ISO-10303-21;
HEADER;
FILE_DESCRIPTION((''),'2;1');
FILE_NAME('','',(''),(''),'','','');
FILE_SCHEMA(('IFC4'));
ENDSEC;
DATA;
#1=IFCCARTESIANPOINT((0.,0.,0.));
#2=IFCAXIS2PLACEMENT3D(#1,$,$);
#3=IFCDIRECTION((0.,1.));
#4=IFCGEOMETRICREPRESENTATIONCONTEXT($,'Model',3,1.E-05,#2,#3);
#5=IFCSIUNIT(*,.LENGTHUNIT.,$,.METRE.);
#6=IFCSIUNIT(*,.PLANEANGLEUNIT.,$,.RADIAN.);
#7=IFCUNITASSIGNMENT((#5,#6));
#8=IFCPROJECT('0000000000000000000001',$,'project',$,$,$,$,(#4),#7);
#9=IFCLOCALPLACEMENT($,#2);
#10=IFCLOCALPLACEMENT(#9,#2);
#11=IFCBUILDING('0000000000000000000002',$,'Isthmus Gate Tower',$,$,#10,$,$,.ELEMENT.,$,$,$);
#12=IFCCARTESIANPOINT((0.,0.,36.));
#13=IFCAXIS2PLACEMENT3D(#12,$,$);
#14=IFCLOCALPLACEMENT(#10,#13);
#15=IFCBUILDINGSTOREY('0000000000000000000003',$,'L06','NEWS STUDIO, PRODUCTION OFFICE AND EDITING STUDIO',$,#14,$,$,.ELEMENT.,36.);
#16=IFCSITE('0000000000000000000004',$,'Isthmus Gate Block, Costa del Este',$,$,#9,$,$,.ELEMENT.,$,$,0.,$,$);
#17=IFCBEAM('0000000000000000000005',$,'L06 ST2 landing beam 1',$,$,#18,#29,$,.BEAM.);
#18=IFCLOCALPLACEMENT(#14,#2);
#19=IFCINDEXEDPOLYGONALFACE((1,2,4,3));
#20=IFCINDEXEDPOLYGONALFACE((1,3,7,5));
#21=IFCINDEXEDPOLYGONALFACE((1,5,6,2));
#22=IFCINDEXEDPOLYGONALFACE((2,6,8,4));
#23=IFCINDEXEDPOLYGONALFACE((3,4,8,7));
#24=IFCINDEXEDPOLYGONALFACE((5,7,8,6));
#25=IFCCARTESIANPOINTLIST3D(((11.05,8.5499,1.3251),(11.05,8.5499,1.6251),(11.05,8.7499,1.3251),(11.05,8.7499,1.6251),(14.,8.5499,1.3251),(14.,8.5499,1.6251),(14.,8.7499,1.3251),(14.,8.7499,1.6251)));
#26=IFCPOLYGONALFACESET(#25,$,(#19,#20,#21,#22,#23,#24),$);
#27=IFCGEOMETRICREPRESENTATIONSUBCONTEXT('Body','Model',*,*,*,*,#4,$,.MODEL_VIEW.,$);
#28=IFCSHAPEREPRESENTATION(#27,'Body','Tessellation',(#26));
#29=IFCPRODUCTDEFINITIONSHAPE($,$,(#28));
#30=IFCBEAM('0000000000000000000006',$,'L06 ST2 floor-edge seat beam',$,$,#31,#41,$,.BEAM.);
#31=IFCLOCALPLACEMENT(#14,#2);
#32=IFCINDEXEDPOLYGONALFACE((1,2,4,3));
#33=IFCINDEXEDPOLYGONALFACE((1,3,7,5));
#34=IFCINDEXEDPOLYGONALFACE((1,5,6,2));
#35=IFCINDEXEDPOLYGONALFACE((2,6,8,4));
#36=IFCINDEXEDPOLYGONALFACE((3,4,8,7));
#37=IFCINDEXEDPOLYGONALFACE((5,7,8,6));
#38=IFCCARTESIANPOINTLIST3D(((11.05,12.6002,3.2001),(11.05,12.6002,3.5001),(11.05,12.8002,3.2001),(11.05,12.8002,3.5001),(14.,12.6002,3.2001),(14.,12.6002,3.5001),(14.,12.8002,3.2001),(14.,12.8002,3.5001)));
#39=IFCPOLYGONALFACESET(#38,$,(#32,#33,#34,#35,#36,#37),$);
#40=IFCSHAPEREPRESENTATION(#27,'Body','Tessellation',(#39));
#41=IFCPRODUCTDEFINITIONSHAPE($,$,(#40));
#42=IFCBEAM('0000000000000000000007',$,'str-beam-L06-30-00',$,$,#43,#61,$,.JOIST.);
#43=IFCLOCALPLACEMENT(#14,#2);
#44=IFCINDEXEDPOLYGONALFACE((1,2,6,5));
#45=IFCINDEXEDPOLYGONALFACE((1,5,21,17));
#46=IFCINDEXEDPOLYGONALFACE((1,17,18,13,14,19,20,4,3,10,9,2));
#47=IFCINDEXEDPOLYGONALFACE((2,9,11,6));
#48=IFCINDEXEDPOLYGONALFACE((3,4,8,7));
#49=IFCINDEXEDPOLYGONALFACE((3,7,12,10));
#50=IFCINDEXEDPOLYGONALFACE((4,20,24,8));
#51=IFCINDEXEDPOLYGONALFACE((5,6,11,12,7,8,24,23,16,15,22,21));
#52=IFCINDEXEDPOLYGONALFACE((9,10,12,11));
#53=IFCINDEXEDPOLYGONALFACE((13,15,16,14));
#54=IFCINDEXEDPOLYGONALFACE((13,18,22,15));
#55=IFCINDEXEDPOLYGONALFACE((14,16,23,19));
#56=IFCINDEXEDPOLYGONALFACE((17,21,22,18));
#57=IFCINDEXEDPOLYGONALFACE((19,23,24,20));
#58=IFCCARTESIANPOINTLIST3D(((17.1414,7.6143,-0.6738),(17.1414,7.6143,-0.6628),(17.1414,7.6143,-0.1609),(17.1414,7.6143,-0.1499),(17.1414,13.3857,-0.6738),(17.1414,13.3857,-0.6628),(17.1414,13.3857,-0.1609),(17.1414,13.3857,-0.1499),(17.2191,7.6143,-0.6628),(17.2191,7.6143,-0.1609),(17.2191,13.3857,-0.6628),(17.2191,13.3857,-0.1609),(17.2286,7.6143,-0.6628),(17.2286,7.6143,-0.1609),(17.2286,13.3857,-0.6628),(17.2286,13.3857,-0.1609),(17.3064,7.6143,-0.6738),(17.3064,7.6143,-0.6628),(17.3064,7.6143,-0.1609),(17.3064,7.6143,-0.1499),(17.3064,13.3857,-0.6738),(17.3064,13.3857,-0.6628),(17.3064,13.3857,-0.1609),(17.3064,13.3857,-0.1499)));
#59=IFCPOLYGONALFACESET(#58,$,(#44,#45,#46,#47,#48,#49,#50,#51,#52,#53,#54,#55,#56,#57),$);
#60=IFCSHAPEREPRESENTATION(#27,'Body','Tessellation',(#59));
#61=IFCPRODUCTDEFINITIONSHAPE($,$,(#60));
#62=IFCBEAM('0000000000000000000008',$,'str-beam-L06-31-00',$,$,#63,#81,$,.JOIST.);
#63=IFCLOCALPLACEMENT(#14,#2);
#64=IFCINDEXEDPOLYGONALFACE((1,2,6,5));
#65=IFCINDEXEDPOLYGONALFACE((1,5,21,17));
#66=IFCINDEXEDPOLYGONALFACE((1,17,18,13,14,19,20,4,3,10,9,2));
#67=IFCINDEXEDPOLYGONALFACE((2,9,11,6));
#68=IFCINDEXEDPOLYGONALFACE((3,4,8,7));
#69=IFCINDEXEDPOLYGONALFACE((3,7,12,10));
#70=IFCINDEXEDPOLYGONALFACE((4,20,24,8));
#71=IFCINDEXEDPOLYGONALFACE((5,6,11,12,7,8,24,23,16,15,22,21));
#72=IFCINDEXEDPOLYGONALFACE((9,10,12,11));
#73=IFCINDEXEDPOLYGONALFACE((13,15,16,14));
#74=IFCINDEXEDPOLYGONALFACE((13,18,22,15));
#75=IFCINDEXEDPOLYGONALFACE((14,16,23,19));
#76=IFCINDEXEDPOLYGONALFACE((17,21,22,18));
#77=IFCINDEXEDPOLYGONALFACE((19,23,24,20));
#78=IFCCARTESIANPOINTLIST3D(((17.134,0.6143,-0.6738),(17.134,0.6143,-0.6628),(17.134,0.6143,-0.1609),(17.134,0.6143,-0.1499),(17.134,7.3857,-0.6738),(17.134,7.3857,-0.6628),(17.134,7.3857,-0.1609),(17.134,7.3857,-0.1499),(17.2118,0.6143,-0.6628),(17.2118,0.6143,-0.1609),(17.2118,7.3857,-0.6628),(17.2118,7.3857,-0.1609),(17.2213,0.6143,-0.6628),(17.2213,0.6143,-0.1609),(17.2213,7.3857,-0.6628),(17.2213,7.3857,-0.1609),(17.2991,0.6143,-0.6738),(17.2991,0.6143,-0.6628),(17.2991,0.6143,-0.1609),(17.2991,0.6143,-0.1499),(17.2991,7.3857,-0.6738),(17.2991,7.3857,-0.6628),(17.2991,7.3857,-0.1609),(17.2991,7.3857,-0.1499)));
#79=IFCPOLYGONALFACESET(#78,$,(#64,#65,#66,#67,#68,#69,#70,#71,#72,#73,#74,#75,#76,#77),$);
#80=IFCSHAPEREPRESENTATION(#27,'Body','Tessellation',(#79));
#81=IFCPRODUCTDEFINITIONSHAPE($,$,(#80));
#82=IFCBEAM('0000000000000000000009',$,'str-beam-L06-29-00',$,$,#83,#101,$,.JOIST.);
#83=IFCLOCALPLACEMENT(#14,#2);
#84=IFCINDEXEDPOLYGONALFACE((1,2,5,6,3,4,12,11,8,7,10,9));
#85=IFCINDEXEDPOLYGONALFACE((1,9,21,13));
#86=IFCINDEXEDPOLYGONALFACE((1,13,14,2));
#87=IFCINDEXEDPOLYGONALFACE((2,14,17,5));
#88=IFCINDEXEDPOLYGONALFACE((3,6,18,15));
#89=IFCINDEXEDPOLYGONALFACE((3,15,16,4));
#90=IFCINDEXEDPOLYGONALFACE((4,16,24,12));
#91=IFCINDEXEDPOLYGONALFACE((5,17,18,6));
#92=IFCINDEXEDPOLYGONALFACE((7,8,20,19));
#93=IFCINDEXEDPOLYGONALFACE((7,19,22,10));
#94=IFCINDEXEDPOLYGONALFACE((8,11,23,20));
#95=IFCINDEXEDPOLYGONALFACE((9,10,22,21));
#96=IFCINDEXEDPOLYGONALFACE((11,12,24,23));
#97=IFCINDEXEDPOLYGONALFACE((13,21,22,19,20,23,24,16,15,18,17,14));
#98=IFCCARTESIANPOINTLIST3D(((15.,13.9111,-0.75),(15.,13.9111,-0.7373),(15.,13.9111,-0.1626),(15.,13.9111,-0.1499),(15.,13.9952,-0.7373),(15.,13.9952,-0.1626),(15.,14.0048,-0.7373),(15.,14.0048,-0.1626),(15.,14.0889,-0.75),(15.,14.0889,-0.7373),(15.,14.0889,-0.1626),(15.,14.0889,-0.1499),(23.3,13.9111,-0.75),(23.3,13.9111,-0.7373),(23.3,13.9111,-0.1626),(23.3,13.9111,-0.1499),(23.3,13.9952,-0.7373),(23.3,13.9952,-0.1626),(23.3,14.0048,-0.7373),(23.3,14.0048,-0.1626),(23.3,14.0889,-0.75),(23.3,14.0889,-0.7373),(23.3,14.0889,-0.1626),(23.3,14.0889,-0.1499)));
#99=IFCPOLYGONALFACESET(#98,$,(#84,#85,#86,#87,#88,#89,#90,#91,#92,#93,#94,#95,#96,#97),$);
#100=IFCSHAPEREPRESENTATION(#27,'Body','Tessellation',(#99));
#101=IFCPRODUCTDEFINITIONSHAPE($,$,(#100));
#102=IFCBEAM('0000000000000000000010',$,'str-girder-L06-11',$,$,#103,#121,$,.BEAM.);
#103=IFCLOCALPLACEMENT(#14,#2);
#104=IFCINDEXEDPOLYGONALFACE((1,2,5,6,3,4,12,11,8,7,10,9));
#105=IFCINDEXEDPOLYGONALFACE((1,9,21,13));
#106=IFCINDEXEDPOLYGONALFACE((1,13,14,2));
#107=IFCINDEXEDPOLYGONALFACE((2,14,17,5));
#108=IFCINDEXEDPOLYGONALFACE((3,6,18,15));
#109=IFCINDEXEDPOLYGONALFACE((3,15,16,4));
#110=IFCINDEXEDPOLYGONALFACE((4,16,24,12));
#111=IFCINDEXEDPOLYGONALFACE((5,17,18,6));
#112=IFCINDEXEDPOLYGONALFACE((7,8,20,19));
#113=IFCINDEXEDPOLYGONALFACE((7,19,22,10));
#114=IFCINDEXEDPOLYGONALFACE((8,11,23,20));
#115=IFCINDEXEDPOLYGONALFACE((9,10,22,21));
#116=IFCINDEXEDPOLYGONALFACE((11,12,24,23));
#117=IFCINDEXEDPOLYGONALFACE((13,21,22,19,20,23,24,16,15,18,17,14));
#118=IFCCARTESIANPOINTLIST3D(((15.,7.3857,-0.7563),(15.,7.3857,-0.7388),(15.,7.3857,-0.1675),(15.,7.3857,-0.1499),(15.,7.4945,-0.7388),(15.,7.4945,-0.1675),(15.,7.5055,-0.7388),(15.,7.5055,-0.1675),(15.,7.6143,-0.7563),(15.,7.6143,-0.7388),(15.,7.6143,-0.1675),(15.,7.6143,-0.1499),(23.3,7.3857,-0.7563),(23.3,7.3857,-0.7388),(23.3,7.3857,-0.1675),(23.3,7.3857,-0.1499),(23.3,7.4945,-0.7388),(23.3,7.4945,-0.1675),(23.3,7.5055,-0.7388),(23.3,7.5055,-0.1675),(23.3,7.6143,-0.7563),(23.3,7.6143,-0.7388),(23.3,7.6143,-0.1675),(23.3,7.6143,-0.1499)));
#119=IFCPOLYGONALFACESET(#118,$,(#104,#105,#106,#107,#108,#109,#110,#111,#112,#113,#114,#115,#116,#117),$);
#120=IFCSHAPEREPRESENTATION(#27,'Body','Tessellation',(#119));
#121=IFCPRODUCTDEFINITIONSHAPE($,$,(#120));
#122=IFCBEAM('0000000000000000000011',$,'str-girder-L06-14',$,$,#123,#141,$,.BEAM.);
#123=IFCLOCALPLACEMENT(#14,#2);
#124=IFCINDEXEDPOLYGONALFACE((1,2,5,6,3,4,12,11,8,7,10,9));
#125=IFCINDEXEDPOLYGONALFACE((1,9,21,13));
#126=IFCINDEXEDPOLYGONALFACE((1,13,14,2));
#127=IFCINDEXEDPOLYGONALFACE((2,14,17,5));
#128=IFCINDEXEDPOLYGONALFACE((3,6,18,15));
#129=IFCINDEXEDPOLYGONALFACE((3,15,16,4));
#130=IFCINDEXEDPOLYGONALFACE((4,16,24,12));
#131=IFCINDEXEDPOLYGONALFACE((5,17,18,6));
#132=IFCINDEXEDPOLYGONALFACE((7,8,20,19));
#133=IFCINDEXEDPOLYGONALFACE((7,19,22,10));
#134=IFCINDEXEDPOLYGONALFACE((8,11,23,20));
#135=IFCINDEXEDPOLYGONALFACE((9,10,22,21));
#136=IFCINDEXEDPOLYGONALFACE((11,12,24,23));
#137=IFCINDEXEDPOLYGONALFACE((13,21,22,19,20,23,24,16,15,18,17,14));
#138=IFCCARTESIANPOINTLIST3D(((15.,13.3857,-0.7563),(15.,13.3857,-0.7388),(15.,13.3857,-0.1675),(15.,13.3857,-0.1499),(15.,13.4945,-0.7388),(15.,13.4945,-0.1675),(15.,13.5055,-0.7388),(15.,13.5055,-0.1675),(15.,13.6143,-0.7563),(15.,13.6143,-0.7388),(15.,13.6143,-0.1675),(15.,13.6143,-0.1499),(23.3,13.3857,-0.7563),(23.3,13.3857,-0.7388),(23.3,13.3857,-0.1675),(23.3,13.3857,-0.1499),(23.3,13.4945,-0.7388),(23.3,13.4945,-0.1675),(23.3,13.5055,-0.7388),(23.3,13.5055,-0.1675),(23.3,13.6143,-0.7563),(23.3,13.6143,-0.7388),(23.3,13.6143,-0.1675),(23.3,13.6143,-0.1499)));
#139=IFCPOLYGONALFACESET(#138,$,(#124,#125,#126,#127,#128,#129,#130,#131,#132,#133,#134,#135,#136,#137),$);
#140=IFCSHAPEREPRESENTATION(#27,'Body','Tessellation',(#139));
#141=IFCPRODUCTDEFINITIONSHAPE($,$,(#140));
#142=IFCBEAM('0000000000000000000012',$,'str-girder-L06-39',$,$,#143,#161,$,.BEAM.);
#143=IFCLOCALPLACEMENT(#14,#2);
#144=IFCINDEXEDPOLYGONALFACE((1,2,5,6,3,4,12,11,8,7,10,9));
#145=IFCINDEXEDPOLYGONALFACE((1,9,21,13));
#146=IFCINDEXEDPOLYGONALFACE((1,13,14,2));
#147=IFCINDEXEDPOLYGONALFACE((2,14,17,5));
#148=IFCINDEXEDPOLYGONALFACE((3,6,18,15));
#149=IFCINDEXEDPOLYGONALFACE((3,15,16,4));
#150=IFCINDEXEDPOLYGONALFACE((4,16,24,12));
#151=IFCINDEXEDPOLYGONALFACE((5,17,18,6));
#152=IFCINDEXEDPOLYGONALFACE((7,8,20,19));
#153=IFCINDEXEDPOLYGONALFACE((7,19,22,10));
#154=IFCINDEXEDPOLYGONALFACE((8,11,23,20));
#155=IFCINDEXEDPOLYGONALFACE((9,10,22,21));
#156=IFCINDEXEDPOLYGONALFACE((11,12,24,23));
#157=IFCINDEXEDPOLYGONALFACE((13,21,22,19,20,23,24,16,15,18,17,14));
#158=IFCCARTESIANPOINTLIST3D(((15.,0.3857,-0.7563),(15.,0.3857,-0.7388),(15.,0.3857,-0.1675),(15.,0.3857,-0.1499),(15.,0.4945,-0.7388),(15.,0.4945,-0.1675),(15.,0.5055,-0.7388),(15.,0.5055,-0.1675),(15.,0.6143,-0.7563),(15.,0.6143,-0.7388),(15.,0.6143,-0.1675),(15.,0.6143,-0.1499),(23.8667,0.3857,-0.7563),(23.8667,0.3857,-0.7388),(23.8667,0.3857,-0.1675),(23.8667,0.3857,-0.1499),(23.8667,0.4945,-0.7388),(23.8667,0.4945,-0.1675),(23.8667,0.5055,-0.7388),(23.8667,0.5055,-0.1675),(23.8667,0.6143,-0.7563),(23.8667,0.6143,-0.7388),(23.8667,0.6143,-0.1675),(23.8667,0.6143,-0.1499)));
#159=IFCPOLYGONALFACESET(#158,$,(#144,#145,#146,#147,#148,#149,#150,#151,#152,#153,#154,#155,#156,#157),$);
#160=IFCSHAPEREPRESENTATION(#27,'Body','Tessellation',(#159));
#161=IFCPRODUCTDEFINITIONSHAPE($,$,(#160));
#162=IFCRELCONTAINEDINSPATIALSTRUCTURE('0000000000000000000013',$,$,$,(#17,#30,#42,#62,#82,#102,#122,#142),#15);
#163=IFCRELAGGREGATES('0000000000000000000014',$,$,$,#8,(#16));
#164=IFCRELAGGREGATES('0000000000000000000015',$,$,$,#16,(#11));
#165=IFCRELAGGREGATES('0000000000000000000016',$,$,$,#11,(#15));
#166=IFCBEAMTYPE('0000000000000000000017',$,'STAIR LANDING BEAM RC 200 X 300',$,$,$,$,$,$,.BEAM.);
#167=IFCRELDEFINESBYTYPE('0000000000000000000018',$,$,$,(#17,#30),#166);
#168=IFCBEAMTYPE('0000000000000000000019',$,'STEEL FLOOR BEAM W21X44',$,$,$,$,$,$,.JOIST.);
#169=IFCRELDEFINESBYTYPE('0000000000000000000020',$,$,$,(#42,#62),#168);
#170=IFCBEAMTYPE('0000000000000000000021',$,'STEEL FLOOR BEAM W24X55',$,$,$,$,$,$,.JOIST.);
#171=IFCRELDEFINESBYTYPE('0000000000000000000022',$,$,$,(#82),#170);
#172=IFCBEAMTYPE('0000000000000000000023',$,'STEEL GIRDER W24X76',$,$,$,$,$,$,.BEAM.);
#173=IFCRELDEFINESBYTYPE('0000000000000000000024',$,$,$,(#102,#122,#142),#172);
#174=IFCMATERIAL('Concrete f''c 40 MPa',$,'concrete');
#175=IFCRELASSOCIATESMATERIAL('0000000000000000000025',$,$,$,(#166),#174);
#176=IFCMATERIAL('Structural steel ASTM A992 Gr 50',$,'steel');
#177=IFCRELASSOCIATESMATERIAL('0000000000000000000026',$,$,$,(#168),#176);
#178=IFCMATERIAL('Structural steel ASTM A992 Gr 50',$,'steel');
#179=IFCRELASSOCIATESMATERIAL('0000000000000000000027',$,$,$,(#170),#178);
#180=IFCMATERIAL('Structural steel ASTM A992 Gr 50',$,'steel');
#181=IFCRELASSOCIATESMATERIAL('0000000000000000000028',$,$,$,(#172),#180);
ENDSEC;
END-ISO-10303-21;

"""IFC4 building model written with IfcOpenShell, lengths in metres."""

from ifc_helpers import new_model, si_unit, direction, frame, origin, origin_2d, place, context, subcontext, project, spatial, rectangle, i_section, extrude, material, material_profile, profile_set, type_object, element, save


model = new_model("IFC4")

# Units and contexts
model_context = context("Model", 3, precision=1e-05, world=origin(), true_north=direction((0.0, 1.0)))
body_context = subcontext(model_context, "Body", "Model", "MODEL_VIEW")
ifc_project = project(units=[si_unit("LENGTHUNIT", "METRE"), si_unit("PLANEANGLEUNIT", "RADIAN")], contexts=[model_context])

# Site, building, storey
site_placement = place(None, origin())
site = spatial("IfcSite", under=ifc_project, at=site_placement, Name="Isthmus Gate Block, Costa del Este", CompositionType="ELEMENT", RefElevation=0.0)
building_placement = place(site_placement, origin())
building = spatial("IfcBuilding", under=site, at=building_placement, Name="Isthmus Gate Tower", CompositionType="ELEMENT")
storey_placement = place(building_placement, frame((0.0, 0.0, 36.0)))
storey = spatial("IfcBuildingStorey", under=building, at=storey_placement, Name="L06", Description="NEWS STUDIO, PRODUCTION OFFICE AND EDITING STUDIO", CompositionType="ELEMENT", Elevation=36.0)

# Beams
ifc_material_1 = material(Name="Concrete f'c 40 MPa", Category="concrete")
ifc_material_profile_1 = material_profile(ifc_material_1, rectangle(XDim=0.2, YDim=0.3, at=origin_2d()), Name="STAIR LANDING BEAM RC 200 X 300")
ifc_profile_set_1 = profile_set([ifc_material_profile_1], Name="Concrete f'c 40 MPa")
beam_type_1 = type_object("IfcBeamType", Name="STAIR LANDING BEAM RC 200 X 300", PredefinedType="BEAM", material=ifc_profile_set_1)
for number, where, z_axis, x_axis, name in (
    (1, (11.05, 8.6499, 1.4751), (1.0, 0.0, 0.0), (0.0, 1.0, 0.0), "L06 ST2 landing beam 1"),
    (2, (11.05, 12.7002, 3.3501), (1.0, 0.0, 0.0), (0.0, 1.0, 0.0), "L06 ST2 floor-edge seat beam"),
):
    element("IfcBeam", number, at=place(storey_placement, frame(where, z_axis=z_axis, x_axis=x_axis)), inside=storey, type_object=beam_type_1, Name=name, PredefinedType="BEAM", context=body_context, shape_type="SweptSolid", body=[
        extrude(rectangle(XDim=0.2, YDim=0.3, at=origin_2d()), origin(), (0.0, 0.0, 1.0), 2.95),
    ])
ifc_material_2 = material(Name="Structural steel ASTM A992 Gr 50", Category="steel")
ifc_material_profile_2 = material_profile(ifc_material_2, i_section(OverallWidth=0.165, OverallDepth=0.5239, WebThickness=0.0095, FlangeThickness=0.011, at=origin_2d()), Name="W21X44")
ifc_profile_set_2 = profile_set([ifc_material_profile_2], Name="Structural steel ASTM A992 Gr 50")
beam_type_2 = type_object("IfcBeamType", Name="STEEL FLOOR BEAM W21X44", PredefinedType="JOIST", material=ifc_profile_set_2)
beam_1_placement = place(storey_placement, frame((17.2239, 7.6143, -0.4119), z_axis=(0.0, 1.0, 0.0), x_axis=(-1.0, 0.0, 0.0)))
element("IfcBeam", 3, at=beam_1_placement, inside=storey, type_object=beam_type_2, Name="str-beam-L06-30-00", PredefinedType="JOIST", context=body_context, shape_type="SweptSolid", body=[
    extrude(i_section(OverallWidth=0.165, OverallDepth=0.5239, WebThickness=0.0095, FlangeThickness=0.011, at=origin_2d()), origin(), (0.0, 0.0, 1.0), 5.7715),
])
beam_2_placement = place(storey_placement, frame((17.2166, 0.6143, -0.4119), z_axis=(0.0, 1.0, 0.0), x_axis=(-1.0, 0.0, 0.0)))
element("IfcBeam", 4, at=beam_2_placement, inside=storey, type_object=beam_type_2, Name="str-beam-L06-31-00", PredefinedType="JOIST", context=body_context, shape_type="SweptSolid", body=[
    extrude(i_section(OverallWidth=0.165, OverallDepth=0.5239, WebThickness=0.0095, FlangeThickness=0.011, at=origin_2d()), origin(), (0.0, 0.0, 1.0), 6.7715),
])
ifc_material_3 = material(Name="Structural steel ASTM A992 Gr 50", Category="steel")
ifc_material_profile_3 = material_profile(ifc_material_3, i_section(OverallWidth=0.1777, OverallDepth=0.6001, WebThickness=0.0095, FlangeThickness=0.0127, at=origin_2d()), Name="W24X55")
ifc_profile_set_3 = profile_set([ifc_material_profile_3], Name="Structural steel ASTM A992 Gr 50")
beam_type_3 = type_object("IfcBeamType", Name="STEEL FLOOR BEAM W24X55", PredefinedType="JOIST", material=ifc_profile_set_3)
beam_3_placement = place(storey_placement, frame((15.0, 14.0, -0.45), z_axis=(1.0, 0.0, 0.0), x_axis=(0.0, 1.0, 0.0)))
element("IfcBeam", 5, at=beam_3_placement, inside=storey, type_object=beam_type_3, Name="str-beam-L06-29-00", PredefinedType="JOIST", context=body_context, shape_type="SweptSolid", body=[
    extrude(i_section(OverallWidth=0.1777, OverallDepth=0.6001, WebThickness=0.0095, FlangeThickness=0.0127, at=origin_2d()), origin(), (0.0, 0.0, 1.0), 8.3),
])
ifc_material_4 = material(Name="Structural steel ASTM A992 Gr 50", Category="steel")
ifc_material_profile_4 = material_profile(ifc_material_4, i_section(OverallWidth=0.2285, OverallDepth=0.6064, WebThickness=0.011, FlangeThickness=0.0176, at=origin_2d()), Name="W24X76")
ifc_profile_set_4 = profile_set([ifc_material_profile_4], Name="Structural steel ASTM A992 Gr 50")
beam_type_4 = type_object("IfcBeamType", Name="STEEL GIRDER W24X76", PredefinedType="BEAM", material=ifc_profile_set_4)
for number, where, z_axis, x_axis, name in (
    (6, (15.0, 7.5, -0.4531), (1.0, 0.0, 0.0), (0.0, 1.0, 0.0), "str-girder-L06-11"),
    (7, (15.0, 13.5, -0.4531), (1.0, 0.0, 0.0), (0.0, 1.0, 0.0), "str-girder-L06-14"),
):
    element("IfcBeam", number, at=place(storey_placement, frame(where, z_axis=z_axis, x_axis=x_axis)), inside=storey, type_object=beam_type_4, Name=name, PredefinedType="BEAM", context=body_context, shape_type="SweptSolid", body=[
        extrude(i_section(OverallWidth=0.2285, OverallDepth=0.6064, WebThickness=0.011, FlangeThickness=0.0176, at=origin_2d()), origin(), (0.0, 0.0, 1.0), 8.3),
    ])
beam_4_placement = place(storey_placement, frame((15.0, 0.5, -0.4531), z_axis=(1.0, 0.0, 0.0), x_axis=(0.0, 1.0, 0.0)))
element("IfcBeam", 8, at=beam_4_placement, inside=storey, type_object=beam_type_4, Name="str-girder-L06-39", PredefinedType="BEAM", context=body_context, shape_type="SweptSolid", body=[
    extrude(i_section(OverallWidth=0.2285, OverallDepth=0.6064, WebThickness=0.011, FlangeThickness=0.0176, at=origin_2d()), origin(), (0.0, 0.0, 1.0), 8.8667),
])

save(model, "model.ifc")
